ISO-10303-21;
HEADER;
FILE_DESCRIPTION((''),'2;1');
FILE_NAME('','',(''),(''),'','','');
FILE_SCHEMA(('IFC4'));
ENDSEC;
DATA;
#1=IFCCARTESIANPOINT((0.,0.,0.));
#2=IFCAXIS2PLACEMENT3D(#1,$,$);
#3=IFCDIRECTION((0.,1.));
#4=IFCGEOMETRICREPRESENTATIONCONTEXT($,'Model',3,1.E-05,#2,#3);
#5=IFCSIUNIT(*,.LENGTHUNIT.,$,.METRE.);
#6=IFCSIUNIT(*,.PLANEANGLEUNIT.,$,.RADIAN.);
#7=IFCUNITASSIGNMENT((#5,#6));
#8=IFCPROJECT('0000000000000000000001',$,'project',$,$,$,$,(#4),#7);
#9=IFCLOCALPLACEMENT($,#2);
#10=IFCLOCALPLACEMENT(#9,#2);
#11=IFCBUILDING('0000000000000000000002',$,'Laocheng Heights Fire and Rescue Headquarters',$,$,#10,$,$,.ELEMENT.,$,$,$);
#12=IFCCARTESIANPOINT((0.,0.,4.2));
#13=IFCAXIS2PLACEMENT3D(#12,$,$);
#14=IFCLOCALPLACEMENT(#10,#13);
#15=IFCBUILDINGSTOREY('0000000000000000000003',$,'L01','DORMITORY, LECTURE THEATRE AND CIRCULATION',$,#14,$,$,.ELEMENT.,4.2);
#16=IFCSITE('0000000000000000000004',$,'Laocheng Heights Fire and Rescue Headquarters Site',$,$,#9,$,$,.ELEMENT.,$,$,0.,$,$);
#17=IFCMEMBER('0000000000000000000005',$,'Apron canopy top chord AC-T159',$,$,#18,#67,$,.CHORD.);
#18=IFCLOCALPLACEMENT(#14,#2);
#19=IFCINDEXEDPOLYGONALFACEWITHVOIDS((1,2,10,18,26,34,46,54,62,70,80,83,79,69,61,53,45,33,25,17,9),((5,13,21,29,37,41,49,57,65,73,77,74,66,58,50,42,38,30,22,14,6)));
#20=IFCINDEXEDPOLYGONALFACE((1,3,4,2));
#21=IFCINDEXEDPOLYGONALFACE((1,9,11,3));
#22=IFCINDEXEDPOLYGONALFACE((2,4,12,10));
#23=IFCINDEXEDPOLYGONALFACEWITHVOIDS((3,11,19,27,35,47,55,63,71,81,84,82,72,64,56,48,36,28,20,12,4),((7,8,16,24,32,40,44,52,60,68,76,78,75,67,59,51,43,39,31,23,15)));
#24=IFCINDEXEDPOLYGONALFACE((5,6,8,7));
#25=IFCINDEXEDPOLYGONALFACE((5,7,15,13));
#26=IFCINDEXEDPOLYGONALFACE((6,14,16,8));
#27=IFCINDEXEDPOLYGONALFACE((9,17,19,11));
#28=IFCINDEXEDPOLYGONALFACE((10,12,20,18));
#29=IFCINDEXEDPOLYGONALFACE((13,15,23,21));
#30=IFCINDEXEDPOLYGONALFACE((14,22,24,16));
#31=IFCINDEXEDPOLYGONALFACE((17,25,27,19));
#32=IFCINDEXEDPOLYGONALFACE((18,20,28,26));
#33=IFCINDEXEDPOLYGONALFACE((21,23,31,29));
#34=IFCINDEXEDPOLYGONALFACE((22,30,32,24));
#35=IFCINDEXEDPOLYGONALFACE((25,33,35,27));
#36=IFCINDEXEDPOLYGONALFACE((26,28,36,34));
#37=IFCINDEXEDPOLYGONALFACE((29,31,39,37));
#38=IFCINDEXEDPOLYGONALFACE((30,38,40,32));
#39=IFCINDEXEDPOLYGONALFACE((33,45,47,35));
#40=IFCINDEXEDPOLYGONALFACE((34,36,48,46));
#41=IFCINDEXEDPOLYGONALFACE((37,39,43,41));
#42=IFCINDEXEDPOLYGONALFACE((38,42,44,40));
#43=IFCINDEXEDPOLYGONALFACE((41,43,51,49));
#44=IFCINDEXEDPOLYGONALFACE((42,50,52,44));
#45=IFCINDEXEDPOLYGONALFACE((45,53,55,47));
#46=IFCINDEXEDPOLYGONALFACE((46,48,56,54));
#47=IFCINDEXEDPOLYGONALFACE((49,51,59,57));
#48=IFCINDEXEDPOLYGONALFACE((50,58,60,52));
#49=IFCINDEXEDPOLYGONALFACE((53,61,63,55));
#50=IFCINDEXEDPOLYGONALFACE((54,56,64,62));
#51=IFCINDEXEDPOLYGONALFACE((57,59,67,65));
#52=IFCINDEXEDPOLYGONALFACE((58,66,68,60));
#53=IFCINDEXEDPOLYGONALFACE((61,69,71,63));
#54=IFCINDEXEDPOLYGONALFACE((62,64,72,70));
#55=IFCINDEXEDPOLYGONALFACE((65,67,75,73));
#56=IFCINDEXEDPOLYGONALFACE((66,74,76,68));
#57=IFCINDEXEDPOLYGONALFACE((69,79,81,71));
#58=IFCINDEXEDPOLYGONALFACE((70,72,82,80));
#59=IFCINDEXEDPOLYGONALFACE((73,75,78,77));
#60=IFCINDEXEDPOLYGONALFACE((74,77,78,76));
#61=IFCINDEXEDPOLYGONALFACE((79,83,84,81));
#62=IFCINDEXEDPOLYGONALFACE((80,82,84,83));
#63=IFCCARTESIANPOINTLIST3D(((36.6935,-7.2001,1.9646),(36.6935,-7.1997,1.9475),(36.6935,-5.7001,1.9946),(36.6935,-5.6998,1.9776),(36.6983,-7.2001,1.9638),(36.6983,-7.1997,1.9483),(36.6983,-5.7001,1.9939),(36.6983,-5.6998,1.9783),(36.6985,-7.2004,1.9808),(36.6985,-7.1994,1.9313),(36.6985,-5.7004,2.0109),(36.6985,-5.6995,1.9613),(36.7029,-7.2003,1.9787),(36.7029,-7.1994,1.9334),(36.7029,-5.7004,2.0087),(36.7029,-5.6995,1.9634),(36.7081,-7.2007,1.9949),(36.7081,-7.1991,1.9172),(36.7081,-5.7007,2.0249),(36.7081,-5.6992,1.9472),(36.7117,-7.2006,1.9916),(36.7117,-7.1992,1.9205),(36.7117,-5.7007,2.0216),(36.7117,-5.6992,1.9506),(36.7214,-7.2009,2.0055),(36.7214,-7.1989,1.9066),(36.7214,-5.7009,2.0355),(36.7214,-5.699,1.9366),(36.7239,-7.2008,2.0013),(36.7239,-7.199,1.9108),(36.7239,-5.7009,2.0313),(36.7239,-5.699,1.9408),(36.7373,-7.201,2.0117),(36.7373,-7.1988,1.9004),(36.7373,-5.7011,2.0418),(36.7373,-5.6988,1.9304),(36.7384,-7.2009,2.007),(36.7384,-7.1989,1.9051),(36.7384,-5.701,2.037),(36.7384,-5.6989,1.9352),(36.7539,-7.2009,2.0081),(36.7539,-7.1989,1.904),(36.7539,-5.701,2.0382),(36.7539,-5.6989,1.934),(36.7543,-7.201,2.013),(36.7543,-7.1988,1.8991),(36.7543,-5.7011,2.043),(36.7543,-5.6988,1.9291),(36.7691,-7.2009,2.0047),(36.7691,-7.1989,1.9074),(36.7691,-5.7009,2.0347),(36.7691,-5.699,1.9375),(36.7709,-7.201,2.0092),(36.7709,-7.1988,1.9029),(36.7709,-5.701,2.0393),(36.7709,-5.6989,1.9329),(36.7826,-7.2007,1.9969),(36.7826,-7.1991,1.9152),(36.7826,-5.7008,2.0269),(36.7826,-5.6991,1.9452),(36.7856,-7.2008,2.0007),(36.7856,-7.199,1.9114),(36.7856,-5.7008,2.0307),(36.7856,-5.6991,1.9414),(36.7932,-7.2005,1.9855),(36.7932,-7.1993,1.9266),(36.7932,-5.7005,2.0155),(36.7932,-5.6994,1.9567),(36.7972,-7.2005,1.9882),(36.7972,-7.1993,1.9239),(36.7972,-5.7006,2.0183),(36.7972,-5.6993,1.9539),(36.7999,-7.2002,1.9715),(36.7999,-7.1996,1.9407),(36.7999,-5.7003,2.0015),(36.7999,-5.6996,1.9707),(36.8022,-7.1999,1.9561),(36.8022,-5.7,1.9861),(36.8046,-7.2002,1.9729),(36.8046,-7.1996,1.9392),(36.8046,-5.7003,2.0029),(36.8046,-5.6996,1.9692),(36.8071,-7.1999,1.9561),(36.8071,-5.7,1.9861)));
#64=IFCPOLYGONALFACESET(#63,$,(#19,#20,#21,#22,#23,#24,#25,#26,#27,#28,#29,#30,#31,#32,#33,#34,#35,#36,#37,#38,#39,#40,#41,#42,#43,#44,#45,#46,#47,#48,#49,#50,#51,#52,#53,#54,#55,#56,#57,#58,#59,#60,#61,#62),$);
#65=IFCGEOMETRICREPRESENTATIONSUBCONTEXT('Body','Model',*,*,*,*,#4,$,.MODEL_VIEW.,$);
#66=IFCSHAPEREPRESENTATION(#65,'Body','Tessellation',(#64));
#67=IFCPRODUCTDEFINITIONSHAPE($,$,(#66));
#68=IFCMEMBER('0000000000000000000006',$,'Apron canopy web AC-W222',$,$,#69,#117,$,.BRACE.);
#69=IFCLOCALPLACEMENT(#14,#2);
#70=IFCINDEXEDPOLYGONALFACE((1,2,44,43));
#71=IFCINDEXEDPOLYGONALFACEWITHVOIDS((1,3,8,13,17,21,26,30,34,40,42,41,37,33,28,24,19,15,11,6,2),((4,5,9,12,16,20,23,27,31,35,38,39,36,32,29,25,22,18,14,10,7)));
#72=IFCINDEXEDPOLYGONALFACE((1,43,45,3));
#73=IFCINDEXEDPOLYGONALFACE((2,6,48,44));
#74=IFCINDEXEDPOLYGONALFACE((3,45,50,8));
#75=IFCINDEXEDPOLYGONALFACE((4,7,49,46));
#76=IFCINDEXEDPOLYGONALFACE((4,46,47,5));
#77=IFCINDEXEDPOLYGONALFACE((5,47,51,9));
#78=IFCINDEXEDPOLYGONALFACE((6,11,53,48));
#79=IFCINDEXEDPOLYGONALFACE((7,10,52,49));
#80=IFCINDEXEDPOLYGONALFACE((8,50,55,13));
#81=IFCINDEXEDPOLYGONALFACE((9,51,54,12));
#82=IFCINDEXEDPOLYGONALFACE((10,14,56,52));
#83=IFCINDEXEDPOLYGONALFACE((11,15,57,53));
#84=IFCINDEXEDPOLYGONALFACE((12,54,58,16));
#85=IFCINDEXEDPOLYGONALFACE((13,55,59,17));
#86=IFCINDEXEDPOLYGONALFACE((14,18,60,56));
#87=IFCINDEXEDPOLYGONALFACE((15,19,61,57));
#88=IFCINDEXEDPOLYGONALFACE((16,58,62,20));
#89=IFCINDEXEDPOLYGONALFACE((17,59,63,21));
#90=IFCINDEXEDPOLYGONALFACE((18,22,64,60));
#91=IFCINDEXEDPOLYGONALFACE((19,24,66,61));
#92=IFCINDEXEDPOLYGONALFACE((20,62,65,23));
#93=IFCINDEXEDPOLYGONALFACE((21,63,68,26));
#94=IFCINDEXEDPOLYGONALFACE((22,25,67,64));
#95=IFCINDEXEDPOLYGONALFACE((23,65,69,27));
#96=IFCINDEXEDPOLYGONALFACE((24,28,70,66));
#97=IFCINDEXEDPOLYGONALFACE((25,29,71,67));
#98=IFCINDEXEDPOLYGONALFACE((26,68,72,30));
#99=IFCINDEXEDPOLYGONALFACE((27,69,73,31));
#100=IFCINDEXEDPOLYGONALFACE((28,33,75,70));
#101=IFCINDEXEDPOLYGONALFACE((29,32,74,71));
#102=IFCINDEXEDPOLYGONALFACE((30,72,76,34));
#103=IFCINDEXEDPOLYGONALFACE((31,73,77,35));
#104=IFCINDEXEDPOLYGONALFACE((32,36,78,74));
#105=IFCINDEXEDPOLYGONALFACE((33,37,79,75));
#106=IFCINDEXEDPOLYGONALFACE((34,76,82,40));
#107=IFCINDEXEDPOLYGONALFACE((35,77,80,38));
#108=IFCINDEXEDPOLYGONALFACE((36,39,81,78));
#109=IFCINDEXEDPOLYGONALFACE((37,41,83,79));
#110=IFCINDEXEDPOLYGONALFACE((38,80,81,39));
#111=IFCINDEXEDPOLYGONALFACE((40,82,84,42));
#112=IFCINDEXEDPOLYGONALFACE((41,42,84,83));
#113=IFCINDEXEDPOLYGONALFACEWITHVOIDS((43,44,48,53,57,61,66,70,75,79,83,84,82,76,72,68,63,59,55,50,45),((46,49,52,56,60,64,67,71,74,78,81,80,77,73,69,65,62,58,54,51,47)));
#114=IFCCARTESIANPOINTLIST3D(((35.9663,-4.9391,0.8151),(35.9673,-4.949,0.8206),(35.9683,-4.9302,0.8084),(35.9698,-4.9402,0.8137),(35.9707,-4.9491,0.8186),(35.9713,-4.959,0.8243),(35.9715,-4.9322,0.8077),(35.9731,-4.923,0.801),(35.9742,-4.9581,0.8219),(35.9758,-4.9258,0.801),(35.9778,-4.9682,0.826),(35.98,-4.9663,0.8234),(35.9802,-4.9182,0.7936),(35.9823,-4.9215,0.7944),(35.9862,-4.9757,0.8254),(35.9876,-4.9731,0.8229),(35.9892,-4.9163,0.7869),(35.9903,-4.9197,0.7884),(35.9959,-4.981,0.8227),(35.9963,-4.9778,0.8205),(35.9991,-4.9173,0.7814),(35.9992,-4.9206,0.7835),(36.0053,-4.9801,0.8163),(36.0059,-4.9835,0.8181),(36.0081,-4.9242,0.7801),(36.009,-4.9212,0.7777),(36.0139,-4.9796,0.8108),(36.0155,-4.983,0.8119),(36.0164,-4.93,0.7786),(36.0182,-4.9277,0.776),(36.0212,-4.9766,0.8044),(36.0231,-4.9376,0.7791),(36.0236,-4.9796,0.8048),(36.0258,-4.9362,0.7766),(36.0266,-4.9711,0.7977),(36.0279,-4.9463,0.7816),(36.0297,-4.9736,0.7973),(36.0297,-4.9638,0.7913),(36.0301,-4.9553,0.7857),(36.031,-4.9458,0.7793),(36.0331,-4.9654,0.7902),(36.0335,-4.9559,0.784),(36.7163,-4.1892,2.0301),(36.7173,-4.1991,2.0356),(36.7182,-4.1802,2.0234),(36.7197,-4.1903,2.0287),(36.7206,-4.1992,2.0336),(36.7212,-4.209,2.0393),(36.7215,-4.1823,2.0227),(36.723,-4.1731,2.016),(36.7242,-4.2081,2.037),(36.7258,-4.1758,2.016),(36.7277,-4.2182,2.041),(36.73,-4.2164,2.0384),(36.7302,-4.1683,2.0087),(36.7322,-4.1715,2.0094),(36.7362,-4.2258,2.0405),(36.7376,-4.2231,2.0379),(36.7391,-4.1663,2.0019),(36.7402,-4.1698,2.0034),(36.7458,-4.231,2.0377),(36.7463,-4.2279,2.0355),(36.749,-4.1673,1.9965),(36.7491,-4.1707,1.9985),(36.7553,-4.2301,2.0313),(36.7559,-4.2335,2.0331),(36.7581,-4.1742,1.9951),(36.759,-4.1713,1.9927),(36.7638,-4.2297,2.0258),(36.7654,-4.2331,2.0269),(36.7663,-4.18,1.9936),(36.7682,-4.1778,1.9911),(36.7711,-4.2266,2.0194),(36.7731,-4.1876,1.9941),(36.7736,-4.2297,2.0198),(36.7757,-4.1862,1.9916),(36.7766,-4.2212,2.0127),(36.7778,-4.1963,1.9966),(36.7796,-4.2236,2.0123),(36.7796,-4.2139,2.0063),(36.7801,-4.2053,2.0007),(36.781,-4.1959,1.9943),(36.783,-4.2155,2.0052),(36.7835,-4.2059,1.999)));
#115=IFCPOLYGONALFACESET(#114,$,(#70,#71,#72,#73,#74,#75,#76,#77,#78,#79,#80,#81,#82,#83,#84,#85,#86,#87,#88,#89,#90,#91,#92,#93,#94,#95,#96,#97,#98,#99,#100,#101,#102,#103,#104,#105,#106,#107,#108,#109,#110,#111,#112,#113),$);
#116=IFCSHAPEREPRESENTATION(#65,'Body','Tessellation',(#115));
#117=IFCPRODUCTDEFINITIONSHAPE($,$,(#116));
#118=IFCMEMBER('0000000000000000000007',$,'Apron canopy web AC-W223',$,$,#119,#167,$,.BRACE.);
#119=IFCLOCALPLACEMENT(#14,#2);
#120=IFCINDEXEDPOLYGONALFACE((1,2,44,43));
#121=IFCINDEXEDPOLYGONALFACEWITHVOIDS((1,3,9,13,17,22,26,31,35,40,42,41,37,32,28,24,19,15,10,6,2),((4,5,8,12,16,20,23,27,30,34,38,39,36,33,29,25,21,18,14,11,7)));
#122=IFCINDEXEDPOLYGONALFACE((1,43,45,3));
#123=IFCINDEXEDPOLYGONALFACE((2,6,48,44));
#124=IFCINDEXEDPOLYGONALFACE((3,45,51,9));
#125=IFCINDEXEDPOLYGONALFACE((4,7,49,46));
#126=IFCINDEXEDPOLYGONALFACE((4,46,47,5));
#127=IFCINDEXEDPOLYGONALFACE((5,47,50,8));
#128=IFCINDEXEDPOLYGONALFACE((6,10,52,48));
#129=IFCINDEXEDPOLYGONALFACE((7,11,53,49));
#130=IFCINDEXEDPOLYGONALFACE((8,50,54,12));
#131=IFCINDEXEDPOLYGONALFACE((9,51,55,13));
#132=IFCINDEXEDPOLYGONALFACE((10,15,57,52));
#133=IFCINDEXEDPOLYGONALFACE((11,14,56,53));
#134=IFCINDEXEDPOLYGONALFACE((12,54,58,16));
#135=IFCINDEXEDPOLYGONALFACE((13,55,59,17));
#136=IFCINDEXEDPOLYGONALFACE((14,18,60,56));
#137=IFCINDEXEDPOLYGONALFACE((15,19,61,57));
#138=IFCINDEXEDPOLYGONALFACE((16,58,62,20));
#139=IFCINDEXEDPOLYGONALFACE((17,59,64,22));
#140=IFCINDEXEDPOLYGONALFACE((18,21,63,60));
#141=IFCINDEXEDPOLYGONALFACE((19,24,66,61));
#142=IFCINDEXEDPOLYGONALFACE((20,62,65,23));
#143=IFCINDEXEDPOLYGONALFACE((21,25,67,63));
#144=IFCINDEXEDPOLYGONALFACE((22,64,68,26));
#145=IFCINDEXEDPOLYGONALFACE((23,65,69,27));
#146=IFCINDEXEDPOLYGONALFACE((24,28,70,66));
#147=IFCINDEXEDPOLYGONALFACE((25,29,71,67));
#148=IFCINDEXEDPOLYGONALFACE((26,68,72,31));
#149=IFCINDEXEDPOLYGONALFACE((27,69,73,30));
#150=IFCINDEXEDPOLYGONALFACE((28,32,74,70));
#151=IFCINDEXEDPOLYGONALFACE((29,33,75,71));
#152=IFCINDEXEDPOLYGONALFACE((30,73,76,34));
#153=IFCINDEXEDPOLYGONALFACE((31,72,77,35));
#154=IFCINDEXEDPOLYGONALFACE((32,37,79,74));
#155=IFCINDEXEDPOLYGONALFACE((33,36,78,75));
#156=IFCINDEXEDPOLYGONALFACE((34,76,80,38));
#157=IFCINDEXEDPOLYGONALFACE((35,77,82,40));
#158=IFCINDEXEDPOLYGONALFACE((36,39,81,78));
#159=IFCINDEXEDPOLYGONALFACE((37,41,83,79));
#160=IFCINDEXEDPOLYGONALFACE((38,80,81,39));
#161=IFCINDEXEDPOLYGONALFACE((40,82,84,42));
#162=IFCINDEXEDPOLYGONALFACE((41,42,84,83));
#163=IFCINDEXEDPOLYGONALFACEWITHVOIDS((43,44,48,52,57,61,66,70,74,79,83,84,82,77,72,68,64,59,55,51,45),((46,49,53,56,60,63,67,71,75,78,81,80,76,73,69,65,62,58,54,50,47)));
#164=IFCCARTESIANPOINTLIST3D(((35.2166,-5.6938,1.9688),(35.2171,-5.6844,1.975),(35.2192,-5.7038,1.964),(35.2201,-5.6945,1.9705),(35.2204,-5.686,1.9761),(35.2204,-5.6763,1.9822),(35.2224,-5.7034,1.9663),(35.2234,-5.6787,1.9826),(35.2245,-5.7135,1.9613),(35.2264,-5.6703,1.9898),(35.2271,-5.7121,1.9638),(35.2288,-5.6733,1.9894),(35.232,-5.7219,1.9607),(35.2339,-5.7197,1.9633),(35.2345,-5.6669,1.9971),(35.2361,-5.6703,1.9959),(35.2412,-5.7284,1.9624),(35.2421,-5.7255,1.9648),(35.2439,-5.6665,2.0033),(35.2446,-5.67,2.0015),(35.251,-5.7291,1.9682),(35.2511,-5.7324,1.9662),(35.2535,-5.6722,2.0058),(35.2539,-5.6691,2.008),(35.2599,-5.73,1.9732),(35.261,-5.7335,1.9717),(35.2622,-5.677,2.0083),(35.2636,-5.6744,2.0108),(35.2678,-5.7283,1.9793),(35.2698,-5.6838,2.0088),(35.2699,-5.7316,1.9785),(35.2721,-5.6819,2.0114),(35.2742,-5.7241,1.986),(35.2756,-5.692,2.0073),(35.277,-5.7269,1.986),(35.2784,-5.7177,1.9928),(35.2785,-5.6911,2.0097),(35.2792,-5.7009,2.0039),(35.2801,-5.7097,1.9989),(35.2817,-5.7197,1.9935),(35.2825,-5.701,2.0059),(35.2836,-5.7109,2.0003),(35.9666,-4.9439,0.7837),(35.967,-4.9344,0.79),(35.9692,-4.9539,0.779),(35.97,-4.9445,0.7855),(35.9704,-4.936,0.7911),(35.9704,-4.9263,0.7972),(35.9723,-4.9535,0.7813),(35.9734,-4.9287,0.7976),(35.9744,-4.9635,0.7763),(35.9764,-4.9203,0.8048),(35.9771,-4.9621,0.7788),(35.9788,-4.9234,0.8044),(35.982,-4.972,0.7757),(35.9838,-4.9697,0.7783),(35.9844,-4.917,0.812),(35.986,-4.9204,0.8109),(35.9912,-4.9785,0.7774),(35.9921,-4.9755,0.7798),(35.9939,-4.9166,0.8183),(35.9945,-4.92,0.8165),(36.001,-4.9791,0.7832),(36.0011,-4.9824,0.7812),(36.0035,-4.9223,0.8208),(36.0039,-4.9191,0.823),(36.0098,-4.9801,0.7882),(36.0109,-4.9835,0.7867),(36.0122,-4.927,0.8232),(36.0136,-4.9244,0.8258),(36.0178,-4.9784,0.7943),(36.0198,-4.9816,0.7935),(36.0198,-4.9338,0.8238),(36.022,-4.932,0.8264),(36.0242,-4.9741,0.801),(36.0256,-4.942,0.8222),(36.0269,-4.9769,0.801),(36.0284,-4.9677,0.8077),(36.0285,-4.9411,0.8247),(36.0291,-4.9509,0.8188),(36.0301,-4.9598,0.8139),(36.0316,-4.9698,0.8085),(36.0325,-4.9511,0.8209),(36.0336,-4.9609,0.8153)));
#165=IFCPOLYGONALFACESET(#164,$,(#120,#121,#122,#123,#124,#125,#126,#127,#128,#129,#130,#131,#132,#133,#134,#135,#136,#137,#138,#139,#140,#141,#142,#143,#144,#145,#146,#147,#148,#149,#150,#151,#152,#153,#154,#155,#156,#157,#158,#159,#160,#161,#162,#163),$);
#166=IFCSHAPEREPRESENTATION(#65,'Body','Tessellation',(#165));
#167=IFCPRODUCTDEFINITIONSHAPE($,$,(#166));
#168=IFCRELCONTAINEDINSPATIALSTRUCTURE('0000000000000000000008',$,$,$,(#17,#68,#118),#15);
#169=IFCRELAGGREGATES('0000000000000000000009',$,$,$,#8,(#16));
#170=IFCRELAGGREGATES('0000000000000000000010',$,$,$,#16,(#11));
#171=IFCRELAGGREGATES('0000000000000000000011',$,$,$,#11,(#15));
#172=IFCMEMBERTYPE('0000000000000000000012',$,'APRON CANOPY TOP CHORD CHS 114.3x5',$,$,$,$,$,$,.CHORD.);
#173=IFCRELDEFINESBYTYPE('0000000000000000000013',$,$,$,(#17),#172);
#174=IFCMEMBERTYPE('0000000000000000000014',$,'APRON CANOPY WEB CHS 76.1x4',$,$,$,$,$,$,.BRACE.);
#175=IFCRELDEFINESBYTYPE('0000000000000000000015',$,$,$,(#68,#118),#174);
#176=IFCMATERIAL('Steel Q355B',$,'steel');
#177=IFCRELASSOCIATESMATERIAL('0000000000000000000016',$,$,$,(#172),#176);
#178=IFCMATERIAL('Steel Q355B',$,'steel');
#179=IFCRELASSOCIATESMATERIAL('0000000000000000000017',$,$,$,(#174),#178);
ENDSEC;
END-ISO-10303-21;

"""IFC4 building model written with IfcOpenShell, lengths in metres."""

from ifc_helpers import new_model, si_unit, direction, frame, origin, origin_2d, place, context, subcontext, project, spatial, hollow_circle, extrude, material, material_profile, profile_set, type_object, element, save


model = new_model("IFC4")

# Units and contexts
model_context = context("Model", 3, precision=1e-05, world=origin(), true_north=direction((0.0, 1.0)))
body_context = subcontext(model_context, "Body", "Model", "MODEL_VIEW")
ifc_project = project(units=[si_unit("LENGTHUNIT", "METRE"), si_unit("PLANEANGLEUNIT", "RADIAN")], contexts=[model_context])

# Site, building, storey
site_placement = place(None, origin())
site = spatial("IfcSite", under=ifc_project, at=site_placement, Name="Laocheng Heights Fire and Rescue Headquarters Site", CompositionType="ELEMENT", RefElevation=0.0)
building_placement = place(site_placement, origin())
building = spatial("IfcBuilding", under=site, at=building_placement, Name="Laocheng Heights Fire and Rescue Headquarters", CompositionType="ELEMENT")
storey_placement = place(building_placement, frame((0.0, 0.0, 4.2)))
storey = spatial("IfcBuildingStorey", under=building, at=storey_placement, Name="L01", Description="DORMITORY, LECTURE THEATRE AND CIRCULATION", CompositionType="ELEMENT", Elevation=4.2)

# Members
ifc_material_1 = material(Name="Steel Q355B", Category="steel")
ifc_material_profile_1 = material_profile(ifc_material_1, hollow_circle(Radius=0.0571, WallThickness=0.0049, at=origin_2d()), Name="CHS 114.3x5")
ifc_profile_set_1 = profile_set([ifc_material_profile_1], Name="Steel Q355B")
member_type_1 = type_object("IfcMemberType", Name="APRON CANOPY TOP CHORD CHS 114.3x5", PredefinedType="CHORD", material=ifc_profile_set_1)
member_1_placement = place(storey_placement, frame((36.75, -5.7, 1.9861), z_axis=(0.0, -0.9998, -0.020016), x_axis=(1.0, 0.0, 0.0)))
element("IfcMember", 1, at=member_1_placement, inside=storey, type_object=member_type_1, Name="Apron canopy top chord AC-T159", PredefinedType="CHORD", context=body_context, shape_type="SweptSolid", body=[
    extrude(hollow_circle(Radius=0.0571, WallThickness=0.0049, at=origin_2d()), origin(), (0.0, 0.0, 1.0), 1.5002),
])
ifc_material_2 = material(Name="Steel Q355B", Category="steel")
ifc_material_profile_2 = material_profile(ifc_material_2, hollow_circle(Radius=0.0381, WallThickness=0.0039, at=origin_2d()), Name="CHS 76.1x4")
ifc_profile_set_2 = profile_set([ifc_material_profile_2], Name="Steel Q355B")
member_type_2 = type_object("IfcMemberType", Name="APRON CANOPY WEB CHS 76.1x4", PredefinedType="BRACE", material=ifc_profile_set_2)
member_2_placement = place(storey_placement, frame((36.0, -4.95, 0.801), z_axis=(0.465002, 0.465002, 0.753357), x_axis=(-0.707107, 0.707107, 0.0)))
element("IfcMember", 2, at=member_2_placement, inside=storey, type_object=member_type_2, Name="Apron canopy web AC-W222", PredefinedType="BRACE", context=body_context, shape_type="SweptSolid", body=[
    extrude(hollow_circle(Radius=0.0381, WallThickness=0.0039, at=origin_2d()), origin(), (0.0, 0.0, 1.0), 1.6128),
])
for number, where, z_axis, x_axis, name in (
    (3, (36.0, -4.95, 0.801), (-0.47158, -0.47158, 0.745134), (0.707107, -0.707107, 0.0), "Apron canopy web AC-W223"),
):
    element("IfcMember", number, at=place(storey_placement, frame(where, z_axis=z_axis, x_axis=x_axis)), inside=storey, type_object=member_type_2, Name=name, PredefinedType="BRACE", context=body_context, shape_type="SweptSolid", body=[
        extrude(hollow_circle(Radius=0.0381, WallThickness=0.0039, at=origin_2d()), origin(), (0.0, 0.0, 1.0), 1.5903),
    ])

save(model, "model.ifc")
